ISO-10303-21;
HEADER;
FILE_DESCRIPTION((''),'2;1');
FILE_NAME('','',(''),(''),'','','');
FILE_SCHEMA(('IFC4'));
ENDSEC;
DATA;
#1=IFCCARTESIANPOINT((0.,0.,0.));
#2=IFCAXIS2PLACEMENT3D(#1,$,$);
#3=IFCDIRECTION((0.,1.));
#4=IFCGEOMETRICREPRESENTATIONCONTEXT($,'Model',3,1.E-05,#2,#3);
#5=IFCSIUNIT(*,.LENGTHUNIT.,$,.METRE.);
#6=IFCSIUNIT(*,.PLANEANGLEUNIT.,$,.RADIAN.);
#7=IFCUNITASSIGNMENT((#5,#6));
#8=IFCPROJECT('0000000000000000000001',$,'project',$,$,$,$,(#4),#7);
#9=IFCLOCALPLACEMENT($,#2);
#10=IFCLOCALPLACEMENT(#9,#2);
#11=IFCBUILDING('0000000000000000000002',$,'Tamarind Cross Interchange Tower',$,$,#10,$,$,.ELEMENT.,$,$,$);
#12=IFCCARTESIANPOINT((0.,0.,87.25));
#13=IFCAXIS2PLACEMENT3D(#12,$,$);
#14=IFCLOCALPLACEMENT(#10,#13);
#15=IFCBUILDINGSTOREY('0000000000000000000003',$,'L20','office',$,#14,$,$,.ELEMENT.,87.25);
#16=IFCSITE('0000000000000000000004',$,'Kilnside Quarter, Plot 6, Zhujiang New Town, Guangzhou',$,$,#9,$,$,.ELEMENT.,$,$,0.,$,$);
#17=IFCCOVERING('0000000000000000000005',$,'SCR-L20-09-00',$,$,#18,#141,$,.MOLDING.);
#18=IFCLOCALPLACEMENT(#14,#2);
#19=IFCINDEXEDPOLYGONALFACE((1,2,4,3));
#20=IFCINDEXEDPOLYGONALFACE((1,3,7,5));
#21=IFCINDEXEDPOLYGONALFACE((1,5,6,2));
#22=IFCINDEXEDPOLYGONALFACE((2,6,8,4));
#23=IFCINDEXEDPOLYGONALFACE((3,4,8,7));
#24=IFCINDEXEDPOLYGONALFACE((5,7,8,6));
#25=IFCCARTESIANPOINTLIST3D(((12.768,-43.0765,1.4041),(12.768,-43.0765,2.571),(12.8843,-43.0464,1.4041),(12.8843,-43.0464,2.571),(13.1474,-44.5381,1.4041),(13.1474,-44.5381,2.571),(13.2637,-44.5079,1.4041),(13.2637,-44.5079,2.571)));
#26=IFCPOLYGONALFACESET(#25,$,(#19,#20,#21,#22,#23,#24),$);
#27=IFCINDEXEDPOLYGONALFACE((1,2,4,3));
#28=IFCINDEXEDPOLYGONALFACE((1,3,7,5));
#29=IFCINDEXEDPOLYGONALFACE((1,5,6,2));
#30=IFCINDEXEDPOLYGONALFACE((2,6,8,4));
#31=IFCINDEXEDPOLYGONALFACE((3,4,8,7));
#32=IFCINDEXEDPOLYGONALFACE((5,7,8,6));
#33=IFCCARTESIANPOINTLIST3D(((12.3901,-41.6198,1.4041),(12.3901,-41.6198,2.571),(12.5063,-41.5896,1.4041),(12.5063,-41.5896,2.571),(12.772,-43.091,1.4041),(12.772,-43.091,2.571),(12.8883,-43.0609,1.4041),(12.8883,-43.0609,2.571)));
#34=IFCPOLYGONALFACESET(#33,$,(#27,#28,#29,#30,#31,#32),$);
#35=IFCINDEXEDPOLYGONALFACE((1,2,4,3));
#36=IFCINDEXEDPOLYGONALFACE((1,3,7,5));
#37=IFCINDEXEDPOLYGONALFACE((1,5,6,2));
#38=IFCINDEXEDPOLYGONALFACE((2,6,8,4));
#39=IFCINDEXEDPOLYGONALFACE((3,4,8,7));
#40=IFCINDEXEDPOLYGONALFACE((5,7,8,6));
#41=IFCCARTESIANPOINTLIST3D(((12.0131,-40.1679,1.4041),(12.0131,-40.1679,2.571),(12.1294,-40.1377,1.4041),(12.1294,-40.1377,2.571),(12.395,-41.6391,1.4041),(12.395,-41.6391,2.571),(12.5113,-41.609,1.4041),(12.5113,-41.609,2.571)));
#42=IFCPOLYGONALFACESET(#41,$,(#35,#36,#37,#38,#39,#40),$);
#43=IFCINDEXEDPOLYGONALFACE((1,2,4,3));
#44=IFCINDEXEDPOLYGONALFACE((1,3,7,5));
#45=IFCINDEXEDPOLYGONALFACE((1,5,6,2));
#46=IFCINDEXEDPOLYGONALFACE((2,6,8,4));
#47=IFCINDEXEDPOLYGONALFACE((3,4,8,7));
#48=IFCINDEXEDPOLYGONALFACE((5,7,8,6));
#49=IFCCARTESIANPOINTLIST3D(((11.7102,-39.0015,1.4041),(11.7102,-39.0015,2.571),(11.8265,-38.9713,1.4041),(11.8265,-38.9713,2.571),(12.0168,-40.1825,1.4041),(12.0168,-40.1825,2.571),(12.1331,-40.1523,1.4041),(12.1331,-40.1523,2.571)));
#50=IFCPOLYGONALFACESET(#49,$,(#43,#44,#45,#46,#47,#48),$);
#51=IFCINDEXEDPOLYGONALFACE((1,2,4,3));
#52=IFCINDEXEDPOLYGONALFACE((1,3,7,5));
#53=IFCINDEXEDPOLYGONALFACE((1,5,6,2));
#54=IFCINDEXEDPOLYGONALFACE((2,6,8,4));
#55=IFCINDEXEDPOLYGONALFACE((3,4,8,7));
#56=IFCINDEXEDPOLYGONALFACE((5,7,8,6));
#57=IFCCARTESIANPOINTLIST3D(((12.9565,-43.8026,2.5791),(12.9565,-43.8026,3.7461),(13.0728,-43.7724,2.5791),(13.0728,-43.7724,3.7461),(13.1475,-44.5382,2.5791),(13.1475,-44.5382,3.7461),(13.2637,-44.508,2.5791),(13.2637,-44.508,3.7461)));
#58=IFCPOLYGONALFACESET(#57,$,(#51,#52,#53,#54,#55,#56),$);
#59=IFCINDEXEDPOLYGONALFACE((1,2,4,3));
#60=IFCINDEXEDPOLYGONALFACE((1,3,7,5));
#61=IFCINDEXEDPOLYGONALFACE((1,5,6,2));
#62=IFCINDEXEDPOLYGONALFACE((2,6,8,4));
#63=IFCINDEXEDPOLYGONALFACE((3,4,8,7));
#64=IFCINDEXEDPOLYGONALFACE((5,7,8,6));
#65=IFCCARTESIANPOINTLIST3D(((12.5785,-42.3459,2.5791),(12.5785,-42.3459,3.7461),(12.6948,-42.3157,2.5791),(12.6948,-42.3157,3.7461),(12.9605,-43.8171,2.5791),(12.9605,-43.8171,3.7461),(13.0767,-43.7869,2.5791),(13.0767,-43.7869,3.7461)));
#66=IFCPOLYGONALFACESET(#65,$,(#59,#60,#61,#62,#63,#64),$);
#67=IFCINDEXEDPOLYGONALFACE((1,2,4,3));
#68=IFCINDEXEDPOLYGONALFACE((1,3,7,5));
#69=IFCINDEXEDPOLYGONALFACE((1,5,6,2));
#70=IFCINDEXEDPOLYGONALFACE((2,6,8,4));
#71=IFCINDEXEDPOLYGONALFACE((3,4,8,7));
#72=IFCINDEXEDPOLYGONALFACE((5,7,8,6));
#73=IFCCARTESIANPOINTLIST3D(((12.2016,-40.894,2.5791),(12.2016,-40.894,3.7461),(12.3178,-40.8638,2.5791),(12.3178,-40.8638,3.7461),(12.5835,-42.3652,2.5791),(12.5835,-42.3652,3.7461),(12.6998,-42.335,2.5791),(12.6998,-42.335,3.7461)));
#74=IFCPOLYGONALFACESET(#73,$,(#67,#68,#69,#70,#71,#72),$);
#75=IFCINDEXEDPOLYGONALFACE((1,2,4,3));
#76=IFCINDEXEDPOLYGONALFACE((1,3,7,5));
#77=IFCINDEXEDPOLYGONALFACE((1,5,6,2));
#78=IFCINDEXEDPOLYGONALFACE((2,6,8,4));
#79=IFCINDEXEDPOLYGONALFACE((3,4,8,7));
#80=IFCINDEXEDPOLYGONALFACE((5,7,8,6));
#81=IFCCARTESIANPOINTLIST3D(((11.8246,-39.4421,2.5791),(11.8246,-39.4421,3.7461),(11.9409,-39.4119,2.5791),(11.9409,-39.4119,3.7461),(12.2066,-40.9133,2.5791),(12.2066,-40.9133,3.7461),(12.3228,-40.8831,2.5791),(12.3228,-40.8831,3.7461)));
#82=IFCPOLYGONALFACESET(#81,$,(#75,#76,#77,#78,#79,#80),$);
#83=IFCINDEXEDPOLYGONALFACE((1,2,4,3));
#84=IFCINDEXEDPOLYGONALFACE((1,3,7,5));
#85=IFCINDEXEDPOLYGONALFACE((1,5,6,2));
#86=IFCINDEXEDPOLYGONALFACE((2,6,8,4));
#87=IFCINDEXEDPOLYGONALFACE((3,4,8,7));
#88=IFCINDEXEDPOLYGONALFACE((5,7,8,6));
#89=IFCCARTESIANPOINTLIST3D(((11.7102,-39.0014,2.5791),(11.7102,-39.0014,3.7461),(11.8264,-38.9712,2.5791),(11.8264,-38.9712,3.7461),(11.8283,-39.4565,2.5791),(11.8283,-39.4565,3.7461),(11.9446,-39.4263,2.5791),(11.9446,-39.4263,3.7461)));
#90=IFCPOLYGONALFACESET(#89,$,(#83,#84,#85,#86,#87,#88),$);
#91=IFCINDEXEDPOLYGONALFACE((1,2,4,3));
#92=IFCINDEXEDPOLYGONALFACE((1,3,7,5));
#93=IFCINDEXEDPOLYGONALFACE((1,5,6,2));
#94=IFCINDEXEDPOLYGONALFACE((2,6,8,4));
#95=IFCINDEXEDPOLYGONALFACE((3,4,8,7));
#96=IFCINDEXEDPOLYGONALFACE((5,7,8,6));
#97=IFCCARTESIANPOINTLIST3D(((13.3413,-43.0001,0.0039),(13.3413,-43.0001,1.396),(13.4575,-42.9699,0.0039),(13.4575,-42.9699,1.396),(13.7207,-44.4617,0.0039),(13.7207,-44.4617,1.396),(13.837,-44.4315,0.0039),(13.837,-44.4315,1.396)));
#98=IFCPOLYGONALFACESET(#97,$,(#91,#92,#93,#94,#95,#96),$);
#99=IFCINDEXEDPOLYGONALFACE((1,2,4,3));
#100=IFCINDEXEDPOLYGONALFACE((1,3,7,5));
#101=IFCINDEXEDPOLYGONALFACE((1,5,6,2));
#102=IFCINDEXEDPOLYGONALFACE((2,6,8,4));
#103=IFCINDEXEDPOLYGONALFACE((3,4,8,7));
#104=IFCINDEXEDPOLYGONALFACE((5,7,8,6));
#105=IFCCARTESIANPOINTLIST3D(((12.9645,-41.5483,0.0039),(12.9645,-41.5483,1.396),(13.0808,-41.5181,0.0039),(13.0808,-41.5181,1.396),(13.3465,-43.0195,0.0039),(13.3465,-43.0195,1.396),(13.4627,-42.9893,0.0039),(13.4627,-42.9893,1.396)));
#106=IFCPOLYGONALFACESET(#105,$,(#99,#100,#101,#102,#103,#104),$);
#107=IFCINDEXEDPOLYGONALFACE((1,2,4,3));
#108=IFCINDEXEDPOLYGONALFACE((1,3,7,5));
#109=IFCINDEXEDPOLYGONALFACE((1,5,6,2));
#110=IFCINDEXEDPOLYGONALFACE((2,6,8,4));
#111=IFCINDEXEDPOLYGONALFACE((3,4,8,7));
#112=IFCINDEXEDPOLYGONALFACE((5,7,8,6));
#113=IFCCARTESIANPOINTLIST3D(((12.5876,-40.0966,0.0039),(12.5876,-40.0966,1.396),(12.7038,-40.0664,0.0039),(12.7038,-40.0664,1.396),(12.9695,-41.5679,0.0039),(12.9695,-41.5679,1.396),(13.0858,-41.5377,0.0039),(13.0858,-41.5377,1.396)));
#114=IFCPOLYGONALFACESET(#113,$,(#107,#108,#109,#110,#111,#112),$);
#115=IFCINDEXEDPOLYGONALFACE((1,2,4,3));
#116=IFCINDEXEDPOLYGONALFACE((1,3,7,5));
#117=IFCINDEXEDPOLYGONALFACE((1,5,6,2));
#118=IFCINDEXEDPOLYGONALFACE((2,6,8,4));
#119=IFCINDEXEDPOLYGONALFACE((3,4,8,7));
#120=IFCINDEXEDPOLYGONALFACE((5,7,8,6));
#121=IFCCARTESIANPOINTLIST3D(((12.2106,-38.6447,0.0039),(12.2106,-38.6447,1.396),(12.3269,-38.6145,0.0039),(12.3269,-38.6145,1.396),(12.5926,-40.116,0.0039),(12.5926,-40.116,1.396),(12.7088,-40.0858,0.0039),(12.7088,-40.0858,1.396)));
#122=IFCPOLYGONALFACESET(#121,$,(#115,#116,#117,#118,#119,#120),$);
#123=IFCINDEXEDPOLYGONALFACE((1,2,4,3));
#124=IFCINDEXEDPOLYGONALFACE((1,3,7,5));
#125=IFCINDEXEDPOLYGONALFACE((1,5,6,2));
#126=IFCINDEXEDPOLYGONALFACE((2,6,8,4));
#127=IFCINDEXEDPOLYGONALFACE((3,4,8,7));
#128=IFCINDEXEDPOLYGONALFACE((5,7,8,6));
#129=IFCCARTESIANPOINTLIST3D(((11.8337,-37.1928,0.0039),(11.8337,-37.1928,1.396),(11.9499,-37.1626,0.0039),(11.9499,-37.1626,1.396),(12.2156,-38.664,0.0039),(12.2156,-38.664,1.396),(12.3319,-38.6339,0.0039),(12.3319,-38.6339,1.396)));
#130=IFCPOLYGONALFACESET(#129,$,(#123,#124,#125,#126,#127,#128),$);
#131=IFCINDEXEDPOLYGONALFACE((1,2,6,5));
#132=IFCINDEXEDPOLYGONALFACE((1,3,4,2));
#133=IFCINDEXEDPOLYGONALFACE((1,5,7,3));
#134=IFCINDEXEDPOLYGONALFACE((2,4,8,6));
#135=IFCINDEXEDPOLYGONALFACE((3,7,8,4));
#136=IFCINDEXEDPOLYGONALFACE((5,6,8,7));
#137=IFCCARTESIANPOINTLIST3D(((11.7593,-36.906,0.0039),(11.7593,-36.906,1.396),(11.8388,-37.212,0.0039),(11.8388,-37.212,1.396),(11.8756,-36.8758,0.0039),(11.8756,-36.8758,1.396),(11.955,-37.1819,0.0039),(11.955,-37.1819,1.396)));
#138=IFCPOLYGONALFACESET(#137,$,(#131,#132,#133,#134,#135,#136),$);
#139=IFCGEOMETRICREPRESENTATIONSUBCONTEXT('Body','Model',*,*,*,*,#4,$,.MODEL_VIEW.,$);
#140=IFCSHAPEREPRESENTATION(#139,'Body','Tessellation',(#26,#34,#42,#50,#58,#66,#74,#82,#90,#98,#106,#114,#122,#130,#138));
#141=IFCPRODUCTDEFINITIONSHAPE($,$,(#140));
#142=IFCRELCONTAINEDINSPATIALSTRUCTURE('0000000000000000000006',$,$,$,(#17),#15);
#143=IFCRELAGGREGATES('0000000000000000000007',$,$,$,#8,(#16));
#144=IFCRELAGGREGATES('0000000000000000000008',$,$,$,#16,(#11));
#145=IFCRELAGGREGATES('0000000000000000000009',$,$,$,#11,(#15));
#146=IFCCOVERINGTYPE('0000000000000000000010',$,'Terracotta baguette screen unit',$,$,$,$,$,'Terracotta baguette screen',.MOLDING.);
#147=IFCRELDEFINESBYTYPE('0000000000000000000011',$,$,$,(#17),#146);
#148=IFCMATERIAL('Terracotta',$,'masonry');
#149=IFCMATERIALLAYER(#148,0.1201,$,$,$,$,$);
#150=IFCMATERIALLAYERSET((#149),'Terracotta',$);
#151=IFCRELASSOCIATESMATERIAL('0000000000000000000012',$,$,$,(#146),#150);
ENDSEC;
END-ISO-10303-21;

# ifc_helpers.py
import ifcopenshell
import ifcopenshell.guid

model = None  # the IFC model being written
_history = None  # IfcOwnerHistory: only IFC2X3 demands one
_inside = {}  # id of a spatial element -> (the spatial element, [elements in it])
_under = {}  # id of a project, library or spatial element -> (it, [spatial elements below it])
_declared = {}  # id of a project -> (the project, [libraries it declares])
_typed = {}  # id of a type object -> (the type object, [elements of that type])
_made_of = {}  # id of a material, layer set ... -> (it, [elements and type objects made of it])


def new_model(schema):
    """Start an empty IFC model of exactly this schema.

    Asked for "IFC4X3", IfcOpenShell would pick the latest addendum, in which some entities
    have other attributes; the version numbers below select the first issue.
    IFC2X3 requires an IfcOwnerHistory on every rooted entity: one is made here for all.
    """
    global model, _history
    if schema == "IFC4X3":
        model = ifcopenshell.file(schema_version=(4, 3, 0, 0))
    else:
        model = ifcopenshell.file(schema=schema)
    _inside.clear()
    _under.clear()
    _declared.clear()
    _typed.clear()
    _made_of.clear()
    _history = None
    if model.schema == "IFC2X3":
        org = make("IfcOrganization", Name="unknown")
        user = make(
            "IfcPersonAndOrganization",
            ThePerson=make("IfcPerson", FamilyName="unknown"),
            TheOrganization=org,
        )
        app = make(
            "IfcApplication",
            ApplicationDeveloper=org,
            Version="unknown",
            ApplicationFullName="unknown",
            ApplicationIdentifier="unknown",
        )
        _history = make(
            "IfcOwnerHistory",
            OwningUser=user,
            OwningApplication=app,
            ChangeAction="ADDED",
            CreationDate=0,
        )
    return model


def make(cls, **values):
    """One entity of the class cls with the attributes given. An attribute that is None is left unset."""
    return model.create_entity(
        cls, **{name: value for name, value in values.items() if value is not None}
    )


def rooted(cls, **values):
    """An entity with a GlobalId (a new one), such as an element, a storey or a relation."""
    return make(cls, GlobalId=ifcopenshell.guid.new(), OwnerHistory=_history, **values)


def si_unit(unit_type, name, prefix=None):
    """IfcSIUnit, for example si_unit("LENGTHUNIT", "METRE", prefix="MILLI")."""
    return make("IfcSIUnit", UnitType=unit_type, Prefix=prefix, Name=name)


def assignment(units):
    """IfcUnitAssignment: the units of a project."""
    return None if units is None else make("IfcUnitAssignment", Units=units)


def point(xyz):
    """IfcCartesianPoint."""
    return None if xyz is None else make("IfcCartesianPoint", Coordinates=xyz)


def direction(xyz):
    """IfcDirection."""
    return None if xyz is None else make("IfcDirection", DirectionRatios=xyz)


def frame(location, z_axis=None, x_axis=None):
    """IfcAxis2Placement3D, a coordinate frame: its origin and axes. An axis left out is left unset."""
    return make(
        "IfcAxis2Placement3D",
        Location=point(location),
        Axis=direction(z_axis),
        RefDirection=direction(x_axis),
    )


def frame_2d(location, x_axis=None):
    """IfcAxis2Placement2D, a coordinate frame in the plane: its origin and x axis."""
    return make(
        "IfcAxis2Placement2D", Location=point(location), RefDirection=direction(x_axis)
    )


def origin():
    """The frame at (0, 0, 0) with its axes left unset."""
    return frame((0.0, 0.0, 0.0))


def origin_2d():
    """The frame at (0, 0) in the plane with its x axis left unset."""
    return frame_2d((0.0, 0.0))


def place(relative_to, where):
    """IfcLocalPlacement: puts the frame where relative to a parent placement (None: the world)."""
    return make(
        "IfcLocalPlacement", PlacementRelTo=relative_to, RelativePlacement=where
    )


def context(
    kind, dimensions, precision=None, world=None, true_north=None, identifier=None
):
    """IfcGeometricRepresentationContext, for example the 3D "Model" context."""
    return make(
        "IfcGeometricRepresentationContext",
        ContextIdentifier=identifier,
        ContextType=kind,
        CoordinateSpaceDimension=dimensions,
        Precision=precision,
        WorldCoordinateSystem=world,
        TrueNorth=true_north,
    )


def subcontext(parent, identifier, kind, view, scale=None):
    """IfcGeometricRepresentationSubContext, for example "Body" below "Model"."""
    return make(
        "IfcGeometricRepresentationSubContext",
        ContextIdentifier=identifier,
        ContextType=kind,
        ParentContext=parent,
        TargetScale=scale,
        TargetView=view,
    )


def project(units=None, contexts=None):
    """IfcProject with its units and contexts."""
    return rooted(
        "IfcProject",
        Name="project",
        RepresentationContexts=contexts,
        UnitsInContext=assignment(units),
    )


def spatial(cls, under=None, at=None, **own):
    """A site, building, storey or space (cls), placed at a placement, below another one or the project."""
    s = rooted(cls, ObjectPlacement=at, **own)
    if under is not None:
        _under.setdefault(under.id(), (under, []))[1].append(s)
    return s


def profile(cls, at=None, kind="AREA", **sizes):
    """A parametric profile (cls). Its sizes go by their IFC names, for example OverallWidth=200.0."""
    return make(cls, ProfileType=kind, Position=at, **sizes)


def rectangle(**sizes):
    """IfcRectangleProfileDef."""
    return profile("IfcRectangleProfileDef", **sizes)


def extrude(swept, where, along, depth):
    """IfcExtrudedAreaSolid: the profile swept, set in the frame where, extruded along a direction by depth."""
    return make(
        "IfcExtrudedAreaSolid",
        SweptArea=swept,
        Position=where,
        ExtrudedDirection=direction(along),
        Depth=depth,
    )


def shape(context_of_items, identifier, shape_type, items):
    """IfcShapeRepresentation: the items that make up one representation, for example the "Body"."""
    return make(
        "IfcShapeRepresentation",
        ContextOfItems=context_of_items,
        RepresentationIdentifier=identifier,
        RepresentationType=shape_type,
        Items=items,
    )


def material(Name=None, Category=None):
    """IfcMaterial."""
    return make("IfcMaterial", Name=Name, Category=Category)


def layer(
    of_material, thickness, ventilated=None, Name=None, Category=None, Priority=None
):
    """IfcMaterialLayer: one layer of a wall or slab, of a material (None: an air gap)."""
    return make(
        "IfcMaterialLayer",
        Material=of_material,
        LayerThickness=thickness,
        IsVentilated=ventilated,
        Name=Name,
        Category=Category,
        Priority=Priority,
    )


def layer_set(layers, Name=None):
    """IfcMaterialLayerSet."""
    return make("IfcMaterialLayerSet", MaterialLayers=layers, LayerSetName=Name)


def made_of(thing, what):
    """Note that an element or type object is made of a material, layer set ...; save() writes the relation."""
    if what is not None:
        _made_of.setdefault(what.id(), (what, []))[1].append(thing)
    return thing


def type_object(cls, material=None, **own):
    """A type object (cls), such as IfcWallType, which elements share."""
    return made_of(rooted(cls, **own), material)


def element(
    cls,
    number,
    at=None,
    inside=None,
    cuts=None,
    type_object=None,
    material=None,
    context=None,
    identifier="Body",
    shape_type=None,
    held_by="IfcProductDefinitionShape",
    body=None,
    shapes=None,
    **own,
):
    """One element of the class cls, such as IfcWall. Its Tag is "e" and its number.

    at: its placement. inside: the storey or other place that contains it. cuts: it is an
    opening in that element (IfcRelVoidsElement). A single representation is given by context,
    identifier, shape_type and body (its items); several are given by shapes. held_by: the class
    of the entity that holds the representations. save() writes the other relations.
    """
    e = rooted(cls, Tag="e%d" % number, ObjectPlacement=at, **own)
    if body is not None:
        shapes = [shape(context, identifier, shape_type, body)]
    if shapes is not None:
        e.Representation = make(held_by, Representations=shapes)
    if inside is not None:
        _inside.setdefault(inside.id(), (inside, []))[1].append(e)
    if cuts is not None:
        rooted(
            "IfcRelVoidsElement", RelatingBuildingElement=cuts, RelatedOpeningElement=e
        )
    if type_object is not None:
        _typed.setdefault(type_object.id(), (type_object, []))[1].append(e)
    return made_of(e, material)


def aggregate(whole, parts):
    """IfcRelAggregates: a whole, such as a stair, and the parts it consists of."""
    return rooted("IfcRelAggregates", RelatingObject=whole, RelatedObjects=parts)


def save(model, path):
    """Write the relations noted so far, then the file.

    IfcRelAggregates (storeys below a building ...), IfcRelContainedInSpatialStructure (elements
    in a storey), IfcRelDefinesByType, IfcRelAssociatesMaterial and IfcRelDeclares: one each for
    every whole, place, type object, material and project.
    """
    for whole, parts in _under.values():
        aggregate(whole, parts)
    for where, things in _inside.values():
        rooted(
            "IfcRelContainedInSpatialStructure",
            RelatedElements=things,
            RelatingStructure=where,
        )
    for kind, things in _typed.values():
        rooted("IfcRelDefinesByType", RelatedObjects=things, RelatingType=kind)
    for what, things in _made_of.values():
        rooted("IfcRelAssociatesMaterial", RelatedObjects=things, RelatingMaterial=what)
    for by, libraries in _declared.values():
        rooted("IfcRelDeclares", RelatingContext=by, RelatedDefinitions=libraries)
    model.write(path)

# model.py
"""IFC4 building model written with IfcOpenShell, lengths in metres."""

from ifc_helpers import new_model, si_unit, direction, frame, origin, origin_2d, place, context, subcontext, project, spatial, rectangle, extrude, material, layer, layer_set, type_object, element, save


model = new_model("IFC4")

# Units and contexts
model_context = context("Model", 3, precision=1e-05, world=origin(), true_north=direction((0.0, 1.0)))
body_context = subcontext(model_context, "Body", "Model", "MODEL_VIEW")
ifc_project = project(units=[si_unit("LENGTHUNIT", "METRE"), si_unit("PLANEANGLEUNIT", "RADIAN")], contexts=[model_context])

# Site, building, storey
site_placement = place(None, origin())
site = spatial("IfcSite", under=ifc_project, at=site_placement, Name="Kilnside Quarter, Plot 6, Zhujiang New Town, Guangzhou", CompositionType="ELEMENT", RefElevation=0.0)
building_placement = place(site_placement, origin())
building = spatial("IfcBuilding", under=site, at=building_placement, Name="Tamarind Cross Interchange Tower", CompositionType="ELEMENT")
storey_placement = place(building_placement, frame((0.0, 0.0, 87.25)))
storey = spatial("IfcBuildingStorey", under=building, at=storey_placement, Name="L20", Description="office", CompositionType="ELEMENT", Elevation=87.25)

# Covering
ifc_material_1 = material(Name="Terracotta", Category="masonry")
ifc_layer_1 = layer(ifc_material_1, 0.1201)
ifc_layer_set_1 = layer_set([ifc_layer_1], Name="Terracotta")
covering_type = type_object("IfcCoveringType", Name="Terracotta baguette screen unit", ElementType="Terracotta baguette screen", PredefinedType="MOLDING", material=ifc_layer_set_1)
covering_1_placement = place(storey_placement, origin())
element("IfcCovering", 1, at=covering_1_placement, inside=storey, type_object=covering_type, Name="SCR-L20-09-00", PredefinedType="MOLDING", context=body_context, shape_type="SweptSolid", body=[
    extrude(rectangle(XDim=1.51, YDim=0.1201, at=origin_2d()), frame((13.0159, -43.7922, 1.4041), z_axis=(0.0, 0.0, 1.0), x_axis=(-0.251267, 0.967918, 0.0)), (0.0, 0.0, 1.0), 1.167),
    extrude(rectangle(XDim=1.52, YDim=0.1201, at=origin_2d()), frame((12.6392, -42.3403, 1.4041), z_axis=(0.0, 0.0, 1.0), x_axis=(-0.251267, 0.967918, 0.0)), (0.0, 0.0, 1.0), 1.167),
    extrude(rectangle(XDim=1.52, YDim=0.1201, at=origin_2d()), frame((12.2622, -40.8884, 1.4041), z_axis=(0.0, 0.0, 1.0), x_axis=(-0.251267, 0.967918, 0.0)), (0.0, 0.0, 1.0), 1.167),
    extrude(rectangle(XDim=1.2202, YDim=0.1201, at=origin_2d()), frame((11.9216, -39.5769, 1.4041), z_axis=(0.0, 0.0, 1.0), x_axis=(-0.251267, 0.967918, 0.0)), (0.0, 0.0, 1.0), 1.167),
    extrude(rectangle(XDim=0.76, YDim=0.1201, at=origin_2d()), frame((13.1101, -44.1553, 2.5791), z_axis=(0.0, 0.0, 1.0), x_axis=(-0.251267, 0.967918, 0.0)), (0.0, 0.0, 1.0), 1.167),
    extrude(rectangle(XDim=1.52, YDim=0.1201, at=origin_2d()), frame((12.8276, -43.0664, 2.5791), z_axis=(0.0, 0.0, 1.0), x_axis=(-0.251267, 0.967918, 0.0)), (0.0, 0.0, 1.0), 1.167),
    extrude(rectangle(XDim=1.52, YDim=0.1201, at=origin_2d()), frame((12.4507, -41.6145, 2.5791), z_axis=(0.0, 0.0, 1.0), x_axis=(-0.251267, 0.967918, 0.0)), (0.0, 0.0, 1.0), 1.167),
    extrude(rectangle(XDim=1.52, YDim=0.1201, at=origin_2d()), frame((12.0737, -40.1626, 2.5791), z_axis=(0.0, 0.0, 1.0), x_axis=(-0.251267, 0.967918, 0.0)), (0.0, 0.0, 1.0), 1.167),
    extrude(rectangle(XDim=0.4702, YDim=0.1201, at=origin_2d()), frame((11.8274, -39.2139, 2.5791), z_axis=(0.0, 0.0, 1.0), x_axis=(-0.251267, 0.967918, 0.0)), (0.0, 0.0, 1.0), 1.167),
    extrude(rectangle(XDim=1.51, YDim=0.1201, at=origin_2d()), frame((13.5891, -43.7158, 0.0039), z_axis=(0.0, 0.0, 1.0), x_axis=(-0.251267, 0.967918, 0.0)), (0.0, 0.0, 1.0), 1.3921),
    extrude(rectangle(XDim=1.52, YDim=0.1201, at=origin_2d()), frame((13.2136, -42.2688, 0.0039), z_axis=(0.0, 0.0, 1.0), x_axis=(-0.251267, 0.967918, 0.0)), (0.0, 0.0, 1.0), 1.3921),
    extrude(rectangle(XDim=1.52, YDim=0.1201, at=origin_2d()), frame((12.8367, -40.8171, 0.0039), z_axis=(0.0, 0.0, 1.0), x_axis=(-0.251267, 0.967918, 0.0)), (0.0, 0.0, 1.0), 1.3921),
    extrude(rectangle(XDim=1.52, YDim=0.1201, at=origin_2d()), frame((12.4597, -39.3652, 0.0039), z_axis=(0.0, 0.0, 1.0), x_axis=(-0.251267, 0.967918, 0.0)), (0.0, 0.0, 1.0), 1.3921),
    extrude(rectangle(XDim=1.52, YDim=0.1201, at=origin_2d()), frame((12.0828, -37.9133, 0.0039), z_axis=(0.0, 0.0, 1.0), x_axis=(-0.251267, 0.967918, 0.0)), (0.0, 0.0, 1.0), 1.3921),
    extrude(rectangle(XDim=0.3162, YDim=0.1201, at=origin_2d()), frame((11.8572, -37.0439, 0.0039), z_axis=(0.0, 0.0, 1.0), x_axis=(-0.251267, 0.967918, 0.0)), (0.0, 0.0, 1.0), 1.3921),
])

save(model, "model.ifc")
